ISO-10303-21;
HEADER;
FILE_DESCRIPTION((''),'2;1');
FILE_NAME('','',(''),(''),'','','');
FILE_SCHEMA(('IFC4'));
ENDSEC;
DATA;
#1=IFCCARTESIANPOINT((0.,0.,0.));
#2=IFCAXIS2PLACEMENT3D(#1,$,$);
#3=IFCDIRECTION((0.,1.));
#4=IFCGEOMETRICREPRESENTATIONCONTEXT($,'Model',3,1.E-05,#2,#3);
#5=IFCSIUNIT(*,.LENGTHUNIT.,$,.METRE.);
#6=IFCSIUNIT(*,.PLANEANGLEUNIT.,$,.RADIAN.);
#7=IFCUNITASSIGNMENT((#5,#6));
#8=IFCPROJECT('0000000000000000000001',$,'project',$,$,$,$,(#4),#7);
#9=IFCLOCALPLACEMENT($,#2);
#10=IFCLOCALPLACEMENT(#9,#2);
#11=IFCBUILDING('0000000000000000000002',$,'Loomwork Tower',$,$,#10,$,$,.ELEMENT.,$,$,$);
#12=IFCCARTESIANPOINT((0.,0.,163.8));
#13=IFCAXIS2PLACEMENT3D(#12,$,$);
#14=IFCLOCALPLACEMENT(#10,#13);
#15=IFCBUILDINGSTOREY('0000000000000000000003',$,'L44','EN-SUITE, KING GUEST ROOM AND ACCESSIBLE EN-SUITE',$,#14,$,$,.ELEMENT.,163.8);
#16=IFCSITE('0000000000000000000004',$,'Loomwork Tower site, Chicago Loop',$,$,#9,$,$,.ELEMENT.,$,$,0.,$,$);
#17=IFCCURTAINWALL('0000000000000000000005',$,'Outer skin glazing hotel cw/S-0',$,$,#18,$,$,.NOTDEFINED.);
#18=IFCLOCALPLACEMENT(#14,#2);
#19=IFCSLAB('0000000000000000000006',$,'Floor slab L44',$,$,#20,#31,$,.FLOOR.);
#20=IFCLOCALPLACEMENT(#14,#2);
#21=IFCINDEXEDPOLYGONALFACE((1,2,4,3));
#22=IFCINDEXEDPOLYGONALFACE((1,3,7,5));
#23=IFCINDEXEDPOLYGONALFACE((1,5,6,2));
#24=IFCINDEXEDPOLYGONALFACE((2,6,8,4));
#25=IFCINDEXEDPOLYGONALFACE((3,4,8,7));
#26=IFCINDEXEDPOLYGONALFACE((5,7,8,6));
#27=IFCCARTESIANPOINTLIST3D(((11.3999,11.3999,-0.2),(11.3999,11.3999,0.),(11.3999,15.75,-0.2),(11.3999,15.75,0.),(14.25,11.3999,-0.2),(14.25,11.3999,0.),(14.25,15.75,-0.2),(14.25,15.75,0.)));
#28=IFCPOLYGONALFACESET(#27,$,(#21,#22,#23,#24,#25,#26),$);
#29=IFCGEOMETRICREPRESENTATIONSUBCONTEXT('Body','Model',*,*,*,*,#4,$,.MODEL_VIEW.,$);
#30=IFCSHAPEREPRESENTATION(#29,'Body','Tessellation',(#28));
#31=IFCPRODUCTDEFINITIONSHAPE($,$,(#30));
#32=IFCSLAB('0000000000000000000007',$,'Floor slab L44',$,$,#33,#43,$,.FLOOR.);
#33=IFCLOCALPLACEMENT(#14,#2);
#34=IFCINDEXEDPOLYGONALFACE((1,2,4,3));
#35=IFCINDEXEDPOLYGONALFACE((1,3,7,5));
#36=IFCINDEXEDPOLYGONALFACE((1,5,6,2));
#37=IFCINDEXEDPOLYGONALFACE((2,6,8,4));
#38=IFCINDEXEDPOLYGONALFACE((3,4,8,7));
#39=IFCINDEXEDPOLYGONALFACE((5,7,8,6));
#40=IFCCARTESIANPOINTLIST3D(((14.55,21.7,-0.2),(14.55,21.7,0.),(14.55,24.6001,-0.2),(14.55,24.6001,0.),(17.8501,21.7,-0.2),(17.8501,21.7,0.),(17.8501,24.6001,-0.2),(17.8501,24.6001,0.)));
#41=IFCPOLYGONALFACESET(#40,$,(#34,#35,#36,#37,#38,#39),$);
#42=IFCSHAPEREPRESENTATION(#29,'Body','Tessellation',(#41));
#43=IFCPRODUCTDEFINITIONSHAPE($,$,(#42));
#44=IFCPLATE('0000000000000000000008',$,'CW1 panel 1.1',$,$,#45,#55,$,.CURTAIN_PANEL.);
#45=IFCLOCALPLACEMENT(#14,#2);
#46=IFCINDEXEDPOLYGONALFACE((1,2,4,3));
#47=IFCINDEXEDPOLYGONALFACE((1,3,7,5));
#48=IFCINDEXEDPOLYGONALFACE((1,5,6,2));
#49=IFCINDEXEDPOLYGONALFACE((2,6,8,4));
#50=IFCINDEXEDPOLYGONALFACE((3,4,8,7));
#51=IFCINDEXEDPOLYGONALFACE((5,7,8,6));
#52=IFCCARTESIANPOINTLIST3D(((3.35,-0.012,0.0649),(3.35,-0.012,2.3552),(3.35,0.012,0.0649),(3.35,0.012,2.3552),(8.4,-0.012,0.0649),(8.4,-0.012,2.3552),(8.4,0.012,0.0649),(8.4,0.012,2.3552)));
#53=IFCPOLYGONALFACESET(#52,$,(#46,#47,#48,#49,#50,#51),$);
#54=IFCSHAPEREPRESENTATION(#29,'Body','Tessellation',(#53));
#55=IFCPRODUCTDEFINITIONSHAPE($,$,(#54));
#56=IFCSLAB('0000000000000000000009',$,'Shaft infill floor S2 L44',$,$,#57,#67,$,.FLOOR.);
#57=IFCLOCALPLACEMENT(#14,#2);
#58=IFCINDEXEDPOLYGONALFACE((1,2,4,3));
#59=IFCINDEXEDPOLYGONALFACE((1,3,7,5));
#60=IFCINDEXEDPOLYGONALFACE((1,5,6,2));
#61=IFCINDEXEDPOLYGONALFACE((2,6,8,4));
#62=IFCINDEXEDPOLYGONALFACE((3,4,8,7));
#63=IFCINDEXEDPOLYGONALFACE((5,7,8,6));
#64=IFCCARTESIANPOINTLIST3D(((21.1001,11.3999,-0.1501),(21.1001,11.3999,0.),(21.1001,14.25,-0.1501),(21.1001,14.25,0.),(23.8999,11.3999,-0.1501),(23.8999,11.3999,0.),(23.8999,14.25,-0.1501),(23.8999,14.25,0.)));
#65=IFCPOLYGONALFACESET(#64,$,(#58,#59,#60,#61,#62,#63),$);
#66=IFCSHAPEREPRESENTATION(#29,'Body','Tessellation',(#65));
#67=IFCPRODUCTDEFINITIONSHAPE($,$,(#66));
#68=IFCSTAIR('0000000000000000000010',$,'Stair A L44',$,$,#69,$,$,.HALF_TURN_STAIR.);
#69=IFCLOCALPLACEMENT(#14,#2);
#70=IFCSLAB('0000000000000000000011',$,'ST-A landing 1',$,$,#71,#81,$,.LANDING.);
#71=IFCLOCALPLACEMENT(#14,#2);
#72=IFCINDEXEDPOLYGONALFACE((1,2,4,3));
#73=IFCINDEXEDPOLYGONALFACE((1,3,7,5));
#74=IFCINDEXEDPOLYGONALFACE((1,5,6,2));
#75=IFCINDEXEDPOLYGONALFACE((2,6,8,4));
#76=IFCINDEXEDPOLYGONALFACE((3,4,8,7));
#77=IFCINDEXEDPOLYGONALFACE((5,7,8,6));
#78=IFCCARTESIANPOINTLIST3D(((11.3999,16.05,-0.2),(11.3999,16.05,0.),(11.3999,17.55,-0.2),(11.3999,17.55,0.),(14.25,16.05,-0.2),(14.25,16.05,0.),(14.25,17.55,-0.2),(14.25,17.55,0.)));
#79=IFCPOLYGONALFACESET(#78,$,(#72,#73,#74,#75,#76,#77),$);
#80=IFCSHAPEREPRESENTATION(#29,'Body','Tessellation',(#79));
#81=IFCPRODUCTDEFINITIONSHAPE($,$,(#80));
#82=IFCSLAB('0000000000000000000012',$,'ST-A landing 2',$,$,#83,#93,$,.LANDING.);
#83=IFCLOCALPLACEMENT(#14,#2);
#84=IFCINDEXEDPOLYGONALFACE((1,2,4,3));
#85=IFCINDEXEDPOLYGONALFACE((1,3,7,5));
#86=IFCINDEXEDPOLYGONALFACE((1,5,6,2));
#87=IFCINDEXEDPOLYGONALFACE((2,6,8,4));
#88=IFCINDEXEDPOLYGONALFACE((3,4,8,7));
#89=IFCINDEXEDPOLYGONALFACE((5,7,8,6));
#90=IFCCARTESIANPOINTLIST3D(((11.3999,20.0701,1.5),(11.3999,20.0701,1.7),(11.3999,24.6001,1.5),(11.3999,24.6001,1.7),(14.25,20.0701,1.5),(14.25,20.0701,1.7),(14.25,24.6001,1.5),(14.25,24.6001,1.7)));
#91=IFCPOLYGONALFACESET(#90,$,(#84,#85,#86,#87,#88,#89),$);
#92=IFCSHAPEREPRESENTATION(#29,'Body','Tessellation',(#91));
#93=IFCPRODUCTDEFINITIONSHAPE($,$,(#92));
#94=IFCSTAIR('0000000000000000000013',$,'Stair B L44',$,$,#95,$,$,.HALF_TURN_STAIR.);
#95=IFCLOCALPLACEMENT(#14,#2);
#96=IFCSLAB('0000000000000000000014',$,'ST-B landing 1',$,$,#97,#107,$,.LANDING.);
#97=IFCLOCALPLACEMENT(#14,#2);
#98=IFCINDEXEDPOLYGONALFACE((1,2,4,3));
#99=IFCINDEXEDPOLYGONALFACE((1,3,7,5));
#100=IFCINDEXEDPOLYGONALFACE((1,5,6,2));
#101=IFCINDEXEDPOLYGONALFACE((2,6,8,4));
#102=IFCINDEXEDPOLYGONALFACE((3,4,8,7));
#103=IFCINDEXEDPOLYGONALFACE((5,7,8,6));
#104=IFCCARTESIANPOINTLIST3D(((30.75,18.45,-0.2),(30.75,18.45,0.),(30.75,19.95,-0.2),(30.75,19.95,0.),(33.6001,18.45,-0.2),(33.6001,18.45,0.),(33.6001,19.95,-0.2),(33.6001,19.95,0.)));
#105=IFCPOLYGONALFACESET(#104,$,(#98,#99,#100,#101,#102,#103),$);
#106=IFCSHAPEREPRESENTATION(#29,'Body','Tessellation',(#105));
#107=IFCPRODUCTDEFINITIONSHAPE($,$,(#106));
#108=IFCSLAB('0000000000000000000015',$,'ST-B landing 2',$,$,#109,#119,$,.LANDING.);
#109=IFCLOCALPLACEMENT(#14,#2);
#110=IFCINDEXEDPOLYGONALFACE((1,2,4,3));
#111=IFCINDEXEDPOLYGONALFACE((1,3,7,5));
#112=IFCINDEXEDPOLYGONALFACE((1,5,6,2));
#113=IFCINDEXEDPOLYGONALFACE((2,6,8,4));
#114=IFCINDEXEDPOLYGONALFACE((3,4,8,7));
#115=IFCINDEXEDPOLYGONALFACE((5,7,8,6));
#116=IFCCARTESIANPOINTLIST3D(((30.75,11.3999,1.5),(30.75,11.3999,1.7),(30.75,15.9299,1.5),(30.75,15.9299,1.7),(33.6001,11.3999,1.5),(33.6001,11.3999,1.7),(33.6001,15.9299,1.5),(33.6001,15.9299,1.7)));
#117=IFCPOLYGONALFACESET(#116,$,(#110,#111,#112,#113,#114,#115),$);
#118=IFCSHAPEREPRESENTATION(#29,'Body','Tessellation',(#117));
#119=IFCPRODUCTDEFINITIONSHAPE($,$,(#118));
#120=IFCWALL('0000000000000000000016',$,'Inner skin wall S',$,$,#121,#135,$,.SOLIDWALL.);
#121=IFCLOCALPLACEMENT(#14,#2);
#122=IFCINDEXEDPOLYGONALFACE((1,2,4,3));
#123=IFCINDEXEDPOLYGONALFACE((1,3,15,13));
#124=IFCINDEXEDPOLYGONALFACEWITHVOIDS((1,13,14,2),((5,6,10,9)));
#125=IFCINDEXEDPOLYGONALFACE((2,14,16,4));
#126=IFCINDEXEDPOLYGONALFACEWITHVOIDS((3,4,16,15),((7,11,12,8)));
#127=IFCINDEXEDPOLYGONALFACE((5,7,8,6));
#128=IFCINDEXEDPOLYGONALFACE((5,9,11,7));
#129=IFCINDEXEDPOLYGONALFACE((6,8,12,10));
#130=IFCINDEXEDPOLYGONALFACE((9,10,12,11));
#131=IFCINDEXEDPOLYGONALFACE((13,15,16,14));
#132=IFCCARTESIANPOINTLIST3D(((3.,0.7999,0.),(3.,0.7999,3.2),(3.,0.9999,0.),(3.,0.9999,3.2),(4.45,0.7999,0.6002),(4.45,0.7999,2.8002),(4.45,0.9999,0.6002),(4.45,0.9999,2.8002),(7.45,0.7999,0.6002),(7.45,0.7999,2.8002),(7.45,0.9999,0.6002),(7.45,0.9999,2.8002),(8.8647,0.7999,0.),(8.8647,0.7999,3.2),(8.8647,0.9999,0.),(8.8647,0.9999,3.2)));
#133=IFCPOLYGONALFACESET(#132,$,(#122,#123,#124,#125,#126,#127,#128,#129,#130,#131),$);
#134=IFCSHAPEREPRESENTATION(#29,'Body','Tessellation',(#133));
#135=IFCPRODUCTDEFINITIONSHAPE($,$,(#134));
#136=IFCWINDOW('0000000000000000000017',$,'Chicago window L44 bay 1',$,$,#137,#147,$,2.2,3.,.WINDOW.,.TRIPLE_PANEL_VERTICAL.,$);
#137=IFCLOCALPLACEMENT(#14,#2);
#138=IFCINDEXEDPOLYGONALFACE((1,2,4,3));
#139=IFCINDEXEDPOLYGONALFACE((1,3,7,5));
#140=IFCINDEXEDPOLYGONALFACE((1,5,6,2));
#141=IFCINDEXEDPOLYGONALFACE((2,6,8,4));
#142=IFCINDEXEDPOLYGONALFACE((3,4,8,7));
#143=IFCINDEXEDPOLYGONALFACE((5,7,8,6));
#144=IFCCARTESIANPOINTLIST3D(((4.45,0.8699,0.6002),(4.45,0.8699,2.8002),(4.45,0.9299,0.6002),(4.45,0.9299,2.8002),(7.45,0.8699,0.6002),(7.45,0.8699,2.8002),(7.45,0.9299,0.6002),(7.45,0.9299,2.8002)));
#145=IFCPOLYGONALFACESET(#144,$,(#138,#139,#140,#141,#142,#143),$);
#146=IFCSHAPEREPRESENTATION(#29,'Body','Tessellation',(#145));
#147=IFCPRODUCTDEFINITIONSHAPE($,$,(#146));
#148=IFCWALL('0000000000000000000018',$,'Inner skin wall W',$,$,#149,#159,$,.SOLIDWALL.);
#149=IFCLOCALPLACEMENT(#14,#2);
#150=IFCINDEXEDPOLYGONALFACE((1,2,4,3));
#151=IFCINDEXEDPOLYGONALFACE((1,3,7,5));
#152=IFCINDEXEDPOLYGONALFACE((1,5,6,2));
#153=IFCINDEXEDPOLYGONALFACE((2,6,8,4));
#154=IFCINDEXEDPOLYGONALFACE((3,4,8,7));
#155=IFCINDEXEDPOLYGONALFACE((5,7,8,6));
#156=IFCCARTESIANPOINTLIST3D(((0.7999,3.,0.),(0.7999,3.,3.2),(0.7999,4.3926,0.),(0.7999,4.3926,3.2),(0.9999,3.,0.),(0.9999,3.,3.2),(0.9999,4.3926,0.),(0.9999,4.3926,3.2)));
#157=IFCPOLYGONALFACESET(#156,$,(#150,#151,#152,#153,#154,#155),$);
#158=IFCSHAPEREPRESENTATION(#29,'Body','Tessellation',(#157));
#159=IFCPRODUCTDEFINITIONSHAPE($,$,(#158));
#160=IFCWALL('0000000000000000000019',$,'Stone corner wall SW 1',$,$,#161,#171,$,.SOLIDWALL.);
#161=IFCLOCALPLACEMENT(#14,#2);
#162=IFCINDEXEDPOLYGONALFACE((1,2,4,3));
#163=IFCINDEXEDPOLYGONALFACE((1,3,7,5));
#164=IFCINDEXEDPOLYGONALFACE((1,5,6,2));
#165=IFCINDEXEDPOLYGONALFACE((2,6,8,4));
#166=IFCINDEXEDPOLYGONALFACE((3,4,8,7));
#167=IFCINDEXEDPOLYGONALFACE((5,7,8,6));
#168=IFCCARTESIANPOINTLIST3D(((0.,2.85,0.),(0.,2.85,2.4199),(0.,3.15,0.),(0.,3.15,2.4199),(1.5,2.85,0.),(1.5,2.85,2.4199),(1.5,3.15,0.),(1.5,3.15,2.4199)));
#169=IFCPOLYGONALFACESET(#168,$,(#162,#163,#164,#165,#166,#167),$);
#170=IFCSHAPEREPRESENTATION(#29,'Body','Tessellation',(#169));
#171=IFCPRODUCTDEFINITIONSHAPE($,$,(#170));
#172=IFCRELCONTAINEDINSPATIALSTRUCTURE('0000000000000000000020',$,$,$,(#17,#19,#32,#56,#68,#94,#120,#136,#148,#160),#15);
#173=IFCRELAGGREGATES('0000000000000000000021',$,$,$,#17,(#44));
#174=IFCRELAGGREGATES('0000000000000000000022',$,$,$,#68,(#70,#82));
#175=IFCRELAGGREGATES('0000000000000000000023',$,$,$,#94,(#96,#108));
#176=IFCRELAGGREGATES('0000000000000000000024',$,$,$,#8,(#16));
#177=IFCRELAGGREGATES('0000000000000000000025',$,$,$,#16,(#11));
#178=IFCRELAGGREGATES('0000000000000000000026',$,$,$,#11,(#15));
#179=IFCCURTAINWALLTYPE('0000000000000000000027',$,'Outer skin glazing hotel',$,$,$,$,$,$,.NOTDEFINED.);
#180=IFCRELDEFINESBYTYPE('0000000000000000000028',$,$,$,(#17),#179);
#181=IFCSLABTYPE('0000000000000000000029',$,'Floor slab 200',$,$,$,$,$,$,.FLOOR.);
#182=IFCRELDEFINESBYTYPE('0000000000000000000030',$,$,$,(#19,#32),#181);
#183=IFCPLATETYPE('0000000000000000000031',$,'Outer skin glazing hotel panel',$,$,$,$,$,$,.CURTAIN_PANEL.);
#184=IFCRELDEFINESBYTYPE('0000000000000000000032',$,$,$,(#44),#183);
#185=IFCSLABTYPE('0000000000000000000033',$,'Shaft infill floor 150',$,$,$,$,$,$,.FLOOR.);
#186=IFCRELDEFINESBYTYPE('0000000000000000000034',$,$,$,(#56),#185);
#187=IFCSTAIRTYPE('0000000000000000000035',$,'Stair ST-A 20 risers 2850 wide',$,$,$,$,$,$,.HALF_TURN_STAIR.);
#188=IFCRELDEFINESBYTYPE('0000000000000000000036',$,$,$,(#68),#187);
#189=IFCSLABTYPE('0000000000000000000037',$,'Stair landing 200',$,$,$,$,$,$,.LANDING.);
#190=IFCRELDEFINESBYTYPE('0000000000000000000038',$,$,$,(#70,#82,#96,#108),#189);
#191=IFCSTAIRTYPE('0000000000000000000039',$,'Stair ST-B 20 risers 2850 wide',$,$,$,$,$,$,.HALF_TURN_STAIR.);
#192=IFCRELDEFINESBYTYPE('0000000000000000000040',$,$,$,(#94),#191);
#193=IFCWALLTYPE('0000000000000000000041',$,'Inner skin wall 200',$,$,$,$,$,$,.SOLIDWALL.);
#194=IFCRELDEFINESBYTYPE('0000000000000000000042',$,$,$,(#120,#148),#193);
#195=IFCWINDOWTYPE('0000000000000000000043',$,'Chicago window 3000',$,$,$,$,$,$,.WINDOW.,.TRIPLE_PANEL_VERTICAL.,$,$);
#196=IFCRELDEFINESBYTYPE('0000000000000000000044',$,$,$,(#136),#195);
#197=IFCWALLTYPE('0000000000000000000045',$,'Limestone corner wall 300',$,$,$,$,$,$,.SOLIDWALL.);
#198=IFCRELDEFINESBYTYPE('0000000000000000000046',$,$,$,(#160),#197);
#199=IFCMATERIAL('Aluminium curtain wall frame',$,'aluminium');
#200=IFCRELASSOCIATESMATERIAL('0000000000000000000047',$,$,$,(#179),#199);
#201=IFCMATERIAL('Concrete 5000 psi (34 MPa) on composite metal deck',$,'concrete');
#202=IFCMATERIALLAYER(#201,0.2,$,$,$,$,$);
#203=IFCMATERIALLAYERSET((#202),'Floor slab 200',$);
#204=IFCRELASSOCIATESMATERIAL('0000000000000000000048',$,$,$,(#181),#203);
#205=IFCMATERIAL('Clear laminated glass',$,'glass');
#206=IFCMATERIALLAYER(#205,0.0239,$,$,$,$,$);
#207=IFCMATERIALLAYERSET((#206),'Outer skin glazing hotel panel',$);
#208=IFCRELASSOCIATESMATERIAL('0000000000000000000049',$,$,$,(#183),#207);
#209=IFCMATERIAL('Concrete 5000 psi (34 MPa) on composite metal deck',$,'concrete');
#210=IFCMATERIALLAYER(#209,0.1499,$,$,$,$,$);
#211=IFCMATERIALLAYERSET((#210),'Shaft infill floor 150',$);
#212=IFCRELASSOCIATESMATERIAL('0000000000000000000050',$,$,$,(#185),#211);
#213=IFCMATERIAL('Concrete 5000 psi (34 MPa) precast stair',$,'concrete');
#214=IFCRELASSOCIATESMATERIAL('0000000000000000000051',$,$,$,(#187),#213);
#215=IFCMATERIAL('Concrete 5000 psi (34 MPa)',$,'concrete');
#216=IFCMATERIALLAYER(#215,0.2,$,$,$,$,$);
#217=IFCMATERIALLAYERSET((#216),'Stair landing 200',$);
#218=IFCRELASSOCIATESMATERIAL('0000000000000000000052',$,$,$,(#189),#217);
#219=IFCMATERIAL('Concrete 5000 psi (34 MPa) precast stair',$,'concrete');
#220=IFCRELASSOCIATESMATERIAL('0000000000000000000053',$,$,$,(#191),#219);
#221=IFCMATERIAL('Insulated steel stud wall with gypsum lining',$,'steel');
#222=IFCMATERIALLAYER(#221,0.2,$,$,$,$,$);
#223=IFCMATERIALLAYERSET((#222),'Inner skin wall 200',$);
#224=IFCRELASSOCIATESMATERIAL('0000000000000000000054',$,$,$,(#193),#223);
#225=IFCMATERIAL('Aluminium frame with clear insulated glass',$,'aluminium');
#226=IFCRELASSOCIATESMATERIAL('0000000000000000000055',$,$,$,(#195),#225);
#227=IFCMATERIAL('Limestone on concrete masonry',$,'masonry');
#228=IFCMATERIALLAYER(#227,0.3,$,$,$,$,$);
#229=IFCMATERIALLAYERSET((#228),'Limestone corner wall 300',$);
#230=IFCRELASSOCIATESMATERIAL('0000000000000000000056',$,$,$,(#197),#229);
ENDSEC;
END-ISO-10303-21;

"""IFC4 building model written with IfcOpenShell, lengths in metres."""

from ifc_helpers import new_model, si_unit, direction, frame, frame_2d, origin, origin_2d, place, context, subcontext, project, spatial, polyline, rectangle, outline, extrude, material, layer, layer_set, type_object, element, fill, aggregate, save


model = new_model("IFC4")

# Units and contexts
model_context = context("Model", 3, precision=1e-05, world=origin(), true_north=direction((0.0, 1.0)))
body_context = subcontext(model_context, "Body", "Model", "MODEL_VIEW")
ifc_project = project(units=[si_unit("LENGTHUNIT", "METRE"), si_unit("PLANEANGLEUNIT", "RADIAN")], contexts=[model_context])

# Site, building, storey
site_placement = place(None, origin())
site = spatial("IfcSite", under=ifc_project, at=site_placement, Name="Loomwork Tower site, Chicago Loop", CompositionType="ELEMENT", RefElevation=0.0)
building_placement = place(site_placement, origin())
building = spatial("IfcBuilding", under=site, at=building_placement, Name="Loomwork Tower", CompositionType="ELEMENT")
storey_placement = place(building_placement, frame((0.0, 0.0, 163.8)))
storey = spatial("IfcBuildingStorey", under=building, at=storey_placement, Name="L44", Description="EN-SUITE, KING GUEST ROOM AND ACCESSIBLE EN-SUITE", CompositionType="ELEMENT", Elevation=163.8)

# Curtain wall
ifc_material_1 = material(Name="Aluminium curtain wall frame", Category="aluminium")
curtain_wall_type = type_object("IfcCurtainWallType", Name="Outer skin glazing hotel", PredefinedType="NOTDEFINED", material=ifc_material_1)
curtain_wall_placement = place(storey_placement, origin())
curtain_wall = element("IfcCurtainWall", 1, at=curtain_wall_placement, inside=storey, type_object=curtain_wall_type, Name="Outer skin glazing hotel cw/S-0", PredefinedType="NOTDEFINED")

# Slabs
ifc_material_2 = material(Name="Concrete 5000 psi (34 MPa) on composite metal deck", Category="concrete")
ifc_layer_1 = layer(ifc_material_2, 0.2)
ifc_layer_set_1 = layer_set([ifc_layer_1], Name="Floor slab 200")
slab_type_1 = type_object("IfcSlabType", Name="Floor slab 200", PredefinedType="FLOOR", material=ifc_layer_set_1)
slab_1_placement = place(storey_placement, frame((0.0, 0.0, -0.2)))
element("IfcSlab", 2, at=slab_1_placement, inside=storey, type_object=slab_type_1, Name="Floor slab L44", PredefinedType="FLOOR", context=body_context, shape_type="SweptSolid", body=[
    extrude(outline(polyline([(14.25, 15.75), (14.25, 11.3999), (11.3999, 11.3999), (11.3999, 15.75), (14.25, 15.75)])), origin(), (0.0, 0.0, 1.0), 0.2),
])
slab_2_placement = place(storey_placement, frame((0.0, 0.0, -0.2)))
element("IfcSlab", 3, at=slab_2_placement, inside=storey, type_object=slab_type_1, Name="Floor slab L44", PredefinedType="FLOOR", context=body_context, shape_type="SweptSolid", body=[
    extrude(outline(polyline([(14.55, 21.7), (14.55, 24.6001), (17.8501, 24.6001), (17.8501, 21.7), (14.55, 21.7)])), origin(), (0.0, 0.0, 1.0), 0.2),
])

# Plate
ifc_material_3 = material(Name="Clear laminated glass", Category="glass")
ifc_layer_2 = layer(ifc_material_3, 0.0239)
ifc_layer_set_2 = layer_set([ifc_layer_2], Name="Outer skin glazing hotel panel")
plate_type = type_object("IfcPlateType", Name="Outer skin glazing hotel panel", PredefinedType="CURTAIN_PANEL", material=ifc_layer_set_2)
plate_placement = place(storey_placement, frame((5.875, 0.0, 0.0649), z_axis=(0.0, 0.0, 1.0), x_axis=(1.0, 0.0, 0.0)))
plate = element("IfcPlate", 4, at=plate_placement, type_object=plate_type, Name="CW1 panel 1.1", PredefinedType="CURTAIN_PANEL", context=body_context, shape_type="SweptSolid", body=[
    extrude(rectangle(XDim=5.05, YDim=0.0239, at=origin_2d()), origin(), (0.0, 0.0, 1.0), 2.2903),
])
aggregate(curtain_wall, [plate])

# Slab
ifc_material_4 = material(Name="Concrete 5000 psi (34 MPa) on composite metal deck", Category="concrete")
ifc_layer_3 = layer(ifc_material_4, 0.1499)
ifc_layer_set_3 = layer_set([ifc_layer_3], Name="Shaft infill floor 150")
slab_type_2 = type_object("IfcSlabType", Name="Shaft infill floor 150", PredefinedType="FLOOR", material=ifc_layer_set_3)
slab_3_placement = place(storey_placement, frame((0.0, 0.0, -0.1501)))
element("IfcSlab", 5, at=slab_3_placement, inside=storey, type_object=slab_type_2, Name="Shaft infill floor S2 L44", PredefinedType="FLOOR", context=body_context, shape_type="SweptSolid", body=[
    extrude(outline(polyline([(21.1001, 11.3999), (23.8999, 11.3999), (23.8999, 14.25), (21.1001, 14.25), (21.1001, 11.3999)])), origin(), (0.0, 0.0, 1.0), 0.1501),
])

# Stairs, slabs
ifc_material_5 = material(Name="Concrete 5000 psi (34 MPa) precast stair", Category="concrete")
stair_type_1 = type_object("IfcStairType", Name="Stair ST-A 20 risers 2850 wide", PredefinedType="HALF_TURN_STAIR", material=ifc_material_5)
stair_1_placement = place(storey_placement, origin())
stair_1 = element("IfcStair", 6, at=stair_1_placement, inside=storey, type_object=stair_type_1, Name="Stair A L44", PredefinedType="HALF_TURN_STAIR")
ifc_material_6 = material(Name="Concrete 5000 psi (34 MPa)", Category="concrete")
ifc_layer_4 = layer(ifc_material_6, 0.2)
ifc_layer_set_4 = layer_set([ifc_layer_4], Name="Stair landing 200")
slab_type_3 = type_object("IfcSlabType", Name="Stair landing 200", PredefinedType="LANDING", material=ifc_layer_set_4)
slab_4_placement = place(storey_placement, frame((0.0, 0.0, -0.2)))
slab_4 = element("IfcSlab", 7, at=slab_4_placement, type_object=slab_type_3, Name="ST-A landing 1", PredefinedType="LANDING", context=body_context, shape_type="SweptSolid", body=[
    extrude(outline(polyline([(11.3999, 16.05), (14.25, 16.05), (14.25, 17.55), (11.3999, 17.55), (11.3999, 16.05)])), origin(), (0.0, 0.0, 1.0), 0.2),
])
slab_5_placement = place(storey_placement, frame((0.0, 0.0, 1.5)))
slab_5 = element("IfcSlab", 8, at=slab_5_placement, type_object=slab_type_3, Name="ST-A landing 2", PredefinedType="LANDING", context=body_context, shape_type="SweptSolid", body=[
    extrude(outline(polyline([(11.3999, 20.0701), (14.25, 20.0701), (14.25, 24.6001), (11.3999, 24.6001), (11.3999, 20.0701)])), origin(), (0.0, 0.0, 1.0), 0.2),
])
aggregate(stair_1, [slab_4, slab_5])
ifc_material_7 = material(Name="Concrete 5000 psi (34 MPa) precast stair", Category="concrete")
stair_type_2 = type_object("IfcStairType", Name="Stair ST-B 20 risers 2850 wide", PredefinedType="HALF_TURN_STAIR", material=ifc_material_7)
stair_2_placement = place(storey_placement, origin())
stair_2 = element("IfcStair", 9, at=stair_2_placement, inside=storey, type_object=stair_type_2, Name="Stair B L44", PredefinedType="HALF_TURN_STAIR")
slab_6_placement = place(storey_placement, frame((0.0, 0.0, -0.2)))
slab_6 = element("IfcSlab", 10, at=slab_6_placement, type_object=slab_type_3, Name="ST-B landing 1", PredefinedType="LANDING", context=body_context, shape_type="SweptSolid", body=[
    extrude(outline(polyline([(30.75, 18.45), (33.6001, 18.45), (33.6001, 19.95), (30.75, 19.95), (30.75, 18.45)])), origin(), (0.0, 0.0, 1.0), 0.2),
])
slab_7_placement = place(storey_placement, frame((0.0, 0.0, 1.5)))
slab_7 = element("IfcSlab", 11, at=slab_7_placement, type_object=slab_type_3, Name="ST-B landing 2", PredefinedType="LANDING", context=body_context, shape_type="SweptSolid", body=[
    extrude(outline(polyline([(30.75, 11.3999), (33.6001, 11.3999), (33.6001, 15.9299), (30.75, 15.9299), (30.75, 11.3999)])), origin(), (0.0, 0.0, 1.0), 0.2),
])
aggregate(stair_2, [slab_6, slab_7])

# Wall, opening, window
ifc_material_8 = material(Name="Insulated steel stud wall with gypsum lining", Category="steel")
ifc_layer_5 = layer(ifc_material_8, 0.2)
ifc_layer_set_5 = layer_set([ifc_layer_5], Name="Inner skin wall 200")
wall_type_1 = type_object("IfcWallType", Name="Inner skin wall 200", PredefinedType="SOLIDWALL", material=ifc_layer_set_5)
wall_1_placement = place(storey_placement, frame((3.0, 0.8999, 0.0), z_axis=(0.0, 0.0, 1.0), x_axis=(1.0, 0.0, 0.0)))
wall_1 = element("IfcWall", 12, at=wall_1_placement, inside=storey, type_object=wall_type_1, Name="Inner skin wall S", PredefinedType="SOLIDWALL", context=body_context, shape_type="SweptSolid", body=[
    extrude(rectangle(XDim=5.8647, YDim=0.2, at=frame_2d((2.9324, 0.0))), origin(), (0.0, 0.0, 1.0), 3.2),
])
opening_1_placement = place(wall_1_placement, frame((1.45, 0.0, 0.6001)))
opening_1 = element("IfcOpeningElement", 13, at=opening_1_placement, cuts=wall_1, PredefinedType="OPENING", context=body_context, shape_type="SweptSolid", body=[
    extrude(rectangle(XDim=3.0, YDim=2.2, at=frame_2d((1.5, 1.1001))), frame((0.0, 0.1099, 0.0), z_axis=(0.0, -1.0, 0.0), x_axis=(1.0, 0.0, 0.0)), (0.0, 0.0, 1.0), 0.22),
])
ifc_material_9 = material(Name="Aluminium frame with clear insulated glass", Category="aluminium")
window_type_1 = type_object("IfcWindowType", Name="Chicago window 3000", PartitioningType="TRIPLE_PANEL_VERTICAL", PredefinedType="WINDOW", material=ifc_material_9)
window_1_placement = place(opening_1_placement, origin())
window_1 = element("IfcWindow", 14, at=window_1_placement, inside=storey, type_object=window_type_1, Name="Chicago window L44 bay 1", OverallHeight=2.2, OverallWidth=3.0, PartitioningType="TRIPLE_PANEL_VERTICAL", PredefinedType="WINDOW", context=body_context, shape_type="SweptSolid", body=[
    extrude(rectangle(XDim=3.0, YDim=2.2, at=frame_2d((1.5, 1.1001))), frame((0.0, 0.03, 0.0), z_axis=(0.0, -1.0, 0.0), x_axis=(1.0, 0.0, 0.0)), (0.0, 0.0, 1.0), 0.0601),
])
fill(opening_1, window_1)

# Walls
wall_2_placement = place(storey_placement, frame((0.8999, 3.0, 0.0), z_axis=(0.0, 0.0, 1.0), x_axis=(0.0, 1.0, 0.0)))
element("IfcWall", 15, at=wall_2_placement, inside=storey, type_object=wall_type_1, Name="Inner skin wall W", PredefinedType="SOLIDWALL", context=body_context, shape_type="SweptSolid", body=[
    extrude(rectangle(XDim=1.3926, YDim=0.2, at=frame_2d((0.6963, 0.0))), origin(), (0.0, 0.0, 1.0), 3.2),
])
ifc_material_10 = material(Name="Limestone on concrete masonry", Category="masonry")
ifc_layer_6 = layer(ifc_material_10, 0.3)
ifc_layer_set_6 = layer_set([ifc_layer_6], Name="Limestone corner wall 300")
wall_type_2 = type_object("IfcWallType", Name="Limestone corner wall 300", PredefinedType="SOLIDWALL", material=ifc_layer_set_6)
wall_3_placement = place(storey_placement, frame((0.0, 3.0, 0.0), z_axis=(0.0, 0.0, 1.0), x_axis=(1.0, 0.0, 0.0)))
element("IfcWall", 16, at=wall_3_placement, inside=storey, type_object=wall_type_2, Name="Stone corner wall SW 1", PredefinedType="SOLIDWALL", context=body_context, shape_type="SweptSolid", body=[
    extrude(rectangle(XDim=1.5, YDim=0.3, at=frame_2d((0.75, 0.0))), origin(), (0.0, 0.0, 1.0), 2.4199),
])

save(model, "model.ifc")
